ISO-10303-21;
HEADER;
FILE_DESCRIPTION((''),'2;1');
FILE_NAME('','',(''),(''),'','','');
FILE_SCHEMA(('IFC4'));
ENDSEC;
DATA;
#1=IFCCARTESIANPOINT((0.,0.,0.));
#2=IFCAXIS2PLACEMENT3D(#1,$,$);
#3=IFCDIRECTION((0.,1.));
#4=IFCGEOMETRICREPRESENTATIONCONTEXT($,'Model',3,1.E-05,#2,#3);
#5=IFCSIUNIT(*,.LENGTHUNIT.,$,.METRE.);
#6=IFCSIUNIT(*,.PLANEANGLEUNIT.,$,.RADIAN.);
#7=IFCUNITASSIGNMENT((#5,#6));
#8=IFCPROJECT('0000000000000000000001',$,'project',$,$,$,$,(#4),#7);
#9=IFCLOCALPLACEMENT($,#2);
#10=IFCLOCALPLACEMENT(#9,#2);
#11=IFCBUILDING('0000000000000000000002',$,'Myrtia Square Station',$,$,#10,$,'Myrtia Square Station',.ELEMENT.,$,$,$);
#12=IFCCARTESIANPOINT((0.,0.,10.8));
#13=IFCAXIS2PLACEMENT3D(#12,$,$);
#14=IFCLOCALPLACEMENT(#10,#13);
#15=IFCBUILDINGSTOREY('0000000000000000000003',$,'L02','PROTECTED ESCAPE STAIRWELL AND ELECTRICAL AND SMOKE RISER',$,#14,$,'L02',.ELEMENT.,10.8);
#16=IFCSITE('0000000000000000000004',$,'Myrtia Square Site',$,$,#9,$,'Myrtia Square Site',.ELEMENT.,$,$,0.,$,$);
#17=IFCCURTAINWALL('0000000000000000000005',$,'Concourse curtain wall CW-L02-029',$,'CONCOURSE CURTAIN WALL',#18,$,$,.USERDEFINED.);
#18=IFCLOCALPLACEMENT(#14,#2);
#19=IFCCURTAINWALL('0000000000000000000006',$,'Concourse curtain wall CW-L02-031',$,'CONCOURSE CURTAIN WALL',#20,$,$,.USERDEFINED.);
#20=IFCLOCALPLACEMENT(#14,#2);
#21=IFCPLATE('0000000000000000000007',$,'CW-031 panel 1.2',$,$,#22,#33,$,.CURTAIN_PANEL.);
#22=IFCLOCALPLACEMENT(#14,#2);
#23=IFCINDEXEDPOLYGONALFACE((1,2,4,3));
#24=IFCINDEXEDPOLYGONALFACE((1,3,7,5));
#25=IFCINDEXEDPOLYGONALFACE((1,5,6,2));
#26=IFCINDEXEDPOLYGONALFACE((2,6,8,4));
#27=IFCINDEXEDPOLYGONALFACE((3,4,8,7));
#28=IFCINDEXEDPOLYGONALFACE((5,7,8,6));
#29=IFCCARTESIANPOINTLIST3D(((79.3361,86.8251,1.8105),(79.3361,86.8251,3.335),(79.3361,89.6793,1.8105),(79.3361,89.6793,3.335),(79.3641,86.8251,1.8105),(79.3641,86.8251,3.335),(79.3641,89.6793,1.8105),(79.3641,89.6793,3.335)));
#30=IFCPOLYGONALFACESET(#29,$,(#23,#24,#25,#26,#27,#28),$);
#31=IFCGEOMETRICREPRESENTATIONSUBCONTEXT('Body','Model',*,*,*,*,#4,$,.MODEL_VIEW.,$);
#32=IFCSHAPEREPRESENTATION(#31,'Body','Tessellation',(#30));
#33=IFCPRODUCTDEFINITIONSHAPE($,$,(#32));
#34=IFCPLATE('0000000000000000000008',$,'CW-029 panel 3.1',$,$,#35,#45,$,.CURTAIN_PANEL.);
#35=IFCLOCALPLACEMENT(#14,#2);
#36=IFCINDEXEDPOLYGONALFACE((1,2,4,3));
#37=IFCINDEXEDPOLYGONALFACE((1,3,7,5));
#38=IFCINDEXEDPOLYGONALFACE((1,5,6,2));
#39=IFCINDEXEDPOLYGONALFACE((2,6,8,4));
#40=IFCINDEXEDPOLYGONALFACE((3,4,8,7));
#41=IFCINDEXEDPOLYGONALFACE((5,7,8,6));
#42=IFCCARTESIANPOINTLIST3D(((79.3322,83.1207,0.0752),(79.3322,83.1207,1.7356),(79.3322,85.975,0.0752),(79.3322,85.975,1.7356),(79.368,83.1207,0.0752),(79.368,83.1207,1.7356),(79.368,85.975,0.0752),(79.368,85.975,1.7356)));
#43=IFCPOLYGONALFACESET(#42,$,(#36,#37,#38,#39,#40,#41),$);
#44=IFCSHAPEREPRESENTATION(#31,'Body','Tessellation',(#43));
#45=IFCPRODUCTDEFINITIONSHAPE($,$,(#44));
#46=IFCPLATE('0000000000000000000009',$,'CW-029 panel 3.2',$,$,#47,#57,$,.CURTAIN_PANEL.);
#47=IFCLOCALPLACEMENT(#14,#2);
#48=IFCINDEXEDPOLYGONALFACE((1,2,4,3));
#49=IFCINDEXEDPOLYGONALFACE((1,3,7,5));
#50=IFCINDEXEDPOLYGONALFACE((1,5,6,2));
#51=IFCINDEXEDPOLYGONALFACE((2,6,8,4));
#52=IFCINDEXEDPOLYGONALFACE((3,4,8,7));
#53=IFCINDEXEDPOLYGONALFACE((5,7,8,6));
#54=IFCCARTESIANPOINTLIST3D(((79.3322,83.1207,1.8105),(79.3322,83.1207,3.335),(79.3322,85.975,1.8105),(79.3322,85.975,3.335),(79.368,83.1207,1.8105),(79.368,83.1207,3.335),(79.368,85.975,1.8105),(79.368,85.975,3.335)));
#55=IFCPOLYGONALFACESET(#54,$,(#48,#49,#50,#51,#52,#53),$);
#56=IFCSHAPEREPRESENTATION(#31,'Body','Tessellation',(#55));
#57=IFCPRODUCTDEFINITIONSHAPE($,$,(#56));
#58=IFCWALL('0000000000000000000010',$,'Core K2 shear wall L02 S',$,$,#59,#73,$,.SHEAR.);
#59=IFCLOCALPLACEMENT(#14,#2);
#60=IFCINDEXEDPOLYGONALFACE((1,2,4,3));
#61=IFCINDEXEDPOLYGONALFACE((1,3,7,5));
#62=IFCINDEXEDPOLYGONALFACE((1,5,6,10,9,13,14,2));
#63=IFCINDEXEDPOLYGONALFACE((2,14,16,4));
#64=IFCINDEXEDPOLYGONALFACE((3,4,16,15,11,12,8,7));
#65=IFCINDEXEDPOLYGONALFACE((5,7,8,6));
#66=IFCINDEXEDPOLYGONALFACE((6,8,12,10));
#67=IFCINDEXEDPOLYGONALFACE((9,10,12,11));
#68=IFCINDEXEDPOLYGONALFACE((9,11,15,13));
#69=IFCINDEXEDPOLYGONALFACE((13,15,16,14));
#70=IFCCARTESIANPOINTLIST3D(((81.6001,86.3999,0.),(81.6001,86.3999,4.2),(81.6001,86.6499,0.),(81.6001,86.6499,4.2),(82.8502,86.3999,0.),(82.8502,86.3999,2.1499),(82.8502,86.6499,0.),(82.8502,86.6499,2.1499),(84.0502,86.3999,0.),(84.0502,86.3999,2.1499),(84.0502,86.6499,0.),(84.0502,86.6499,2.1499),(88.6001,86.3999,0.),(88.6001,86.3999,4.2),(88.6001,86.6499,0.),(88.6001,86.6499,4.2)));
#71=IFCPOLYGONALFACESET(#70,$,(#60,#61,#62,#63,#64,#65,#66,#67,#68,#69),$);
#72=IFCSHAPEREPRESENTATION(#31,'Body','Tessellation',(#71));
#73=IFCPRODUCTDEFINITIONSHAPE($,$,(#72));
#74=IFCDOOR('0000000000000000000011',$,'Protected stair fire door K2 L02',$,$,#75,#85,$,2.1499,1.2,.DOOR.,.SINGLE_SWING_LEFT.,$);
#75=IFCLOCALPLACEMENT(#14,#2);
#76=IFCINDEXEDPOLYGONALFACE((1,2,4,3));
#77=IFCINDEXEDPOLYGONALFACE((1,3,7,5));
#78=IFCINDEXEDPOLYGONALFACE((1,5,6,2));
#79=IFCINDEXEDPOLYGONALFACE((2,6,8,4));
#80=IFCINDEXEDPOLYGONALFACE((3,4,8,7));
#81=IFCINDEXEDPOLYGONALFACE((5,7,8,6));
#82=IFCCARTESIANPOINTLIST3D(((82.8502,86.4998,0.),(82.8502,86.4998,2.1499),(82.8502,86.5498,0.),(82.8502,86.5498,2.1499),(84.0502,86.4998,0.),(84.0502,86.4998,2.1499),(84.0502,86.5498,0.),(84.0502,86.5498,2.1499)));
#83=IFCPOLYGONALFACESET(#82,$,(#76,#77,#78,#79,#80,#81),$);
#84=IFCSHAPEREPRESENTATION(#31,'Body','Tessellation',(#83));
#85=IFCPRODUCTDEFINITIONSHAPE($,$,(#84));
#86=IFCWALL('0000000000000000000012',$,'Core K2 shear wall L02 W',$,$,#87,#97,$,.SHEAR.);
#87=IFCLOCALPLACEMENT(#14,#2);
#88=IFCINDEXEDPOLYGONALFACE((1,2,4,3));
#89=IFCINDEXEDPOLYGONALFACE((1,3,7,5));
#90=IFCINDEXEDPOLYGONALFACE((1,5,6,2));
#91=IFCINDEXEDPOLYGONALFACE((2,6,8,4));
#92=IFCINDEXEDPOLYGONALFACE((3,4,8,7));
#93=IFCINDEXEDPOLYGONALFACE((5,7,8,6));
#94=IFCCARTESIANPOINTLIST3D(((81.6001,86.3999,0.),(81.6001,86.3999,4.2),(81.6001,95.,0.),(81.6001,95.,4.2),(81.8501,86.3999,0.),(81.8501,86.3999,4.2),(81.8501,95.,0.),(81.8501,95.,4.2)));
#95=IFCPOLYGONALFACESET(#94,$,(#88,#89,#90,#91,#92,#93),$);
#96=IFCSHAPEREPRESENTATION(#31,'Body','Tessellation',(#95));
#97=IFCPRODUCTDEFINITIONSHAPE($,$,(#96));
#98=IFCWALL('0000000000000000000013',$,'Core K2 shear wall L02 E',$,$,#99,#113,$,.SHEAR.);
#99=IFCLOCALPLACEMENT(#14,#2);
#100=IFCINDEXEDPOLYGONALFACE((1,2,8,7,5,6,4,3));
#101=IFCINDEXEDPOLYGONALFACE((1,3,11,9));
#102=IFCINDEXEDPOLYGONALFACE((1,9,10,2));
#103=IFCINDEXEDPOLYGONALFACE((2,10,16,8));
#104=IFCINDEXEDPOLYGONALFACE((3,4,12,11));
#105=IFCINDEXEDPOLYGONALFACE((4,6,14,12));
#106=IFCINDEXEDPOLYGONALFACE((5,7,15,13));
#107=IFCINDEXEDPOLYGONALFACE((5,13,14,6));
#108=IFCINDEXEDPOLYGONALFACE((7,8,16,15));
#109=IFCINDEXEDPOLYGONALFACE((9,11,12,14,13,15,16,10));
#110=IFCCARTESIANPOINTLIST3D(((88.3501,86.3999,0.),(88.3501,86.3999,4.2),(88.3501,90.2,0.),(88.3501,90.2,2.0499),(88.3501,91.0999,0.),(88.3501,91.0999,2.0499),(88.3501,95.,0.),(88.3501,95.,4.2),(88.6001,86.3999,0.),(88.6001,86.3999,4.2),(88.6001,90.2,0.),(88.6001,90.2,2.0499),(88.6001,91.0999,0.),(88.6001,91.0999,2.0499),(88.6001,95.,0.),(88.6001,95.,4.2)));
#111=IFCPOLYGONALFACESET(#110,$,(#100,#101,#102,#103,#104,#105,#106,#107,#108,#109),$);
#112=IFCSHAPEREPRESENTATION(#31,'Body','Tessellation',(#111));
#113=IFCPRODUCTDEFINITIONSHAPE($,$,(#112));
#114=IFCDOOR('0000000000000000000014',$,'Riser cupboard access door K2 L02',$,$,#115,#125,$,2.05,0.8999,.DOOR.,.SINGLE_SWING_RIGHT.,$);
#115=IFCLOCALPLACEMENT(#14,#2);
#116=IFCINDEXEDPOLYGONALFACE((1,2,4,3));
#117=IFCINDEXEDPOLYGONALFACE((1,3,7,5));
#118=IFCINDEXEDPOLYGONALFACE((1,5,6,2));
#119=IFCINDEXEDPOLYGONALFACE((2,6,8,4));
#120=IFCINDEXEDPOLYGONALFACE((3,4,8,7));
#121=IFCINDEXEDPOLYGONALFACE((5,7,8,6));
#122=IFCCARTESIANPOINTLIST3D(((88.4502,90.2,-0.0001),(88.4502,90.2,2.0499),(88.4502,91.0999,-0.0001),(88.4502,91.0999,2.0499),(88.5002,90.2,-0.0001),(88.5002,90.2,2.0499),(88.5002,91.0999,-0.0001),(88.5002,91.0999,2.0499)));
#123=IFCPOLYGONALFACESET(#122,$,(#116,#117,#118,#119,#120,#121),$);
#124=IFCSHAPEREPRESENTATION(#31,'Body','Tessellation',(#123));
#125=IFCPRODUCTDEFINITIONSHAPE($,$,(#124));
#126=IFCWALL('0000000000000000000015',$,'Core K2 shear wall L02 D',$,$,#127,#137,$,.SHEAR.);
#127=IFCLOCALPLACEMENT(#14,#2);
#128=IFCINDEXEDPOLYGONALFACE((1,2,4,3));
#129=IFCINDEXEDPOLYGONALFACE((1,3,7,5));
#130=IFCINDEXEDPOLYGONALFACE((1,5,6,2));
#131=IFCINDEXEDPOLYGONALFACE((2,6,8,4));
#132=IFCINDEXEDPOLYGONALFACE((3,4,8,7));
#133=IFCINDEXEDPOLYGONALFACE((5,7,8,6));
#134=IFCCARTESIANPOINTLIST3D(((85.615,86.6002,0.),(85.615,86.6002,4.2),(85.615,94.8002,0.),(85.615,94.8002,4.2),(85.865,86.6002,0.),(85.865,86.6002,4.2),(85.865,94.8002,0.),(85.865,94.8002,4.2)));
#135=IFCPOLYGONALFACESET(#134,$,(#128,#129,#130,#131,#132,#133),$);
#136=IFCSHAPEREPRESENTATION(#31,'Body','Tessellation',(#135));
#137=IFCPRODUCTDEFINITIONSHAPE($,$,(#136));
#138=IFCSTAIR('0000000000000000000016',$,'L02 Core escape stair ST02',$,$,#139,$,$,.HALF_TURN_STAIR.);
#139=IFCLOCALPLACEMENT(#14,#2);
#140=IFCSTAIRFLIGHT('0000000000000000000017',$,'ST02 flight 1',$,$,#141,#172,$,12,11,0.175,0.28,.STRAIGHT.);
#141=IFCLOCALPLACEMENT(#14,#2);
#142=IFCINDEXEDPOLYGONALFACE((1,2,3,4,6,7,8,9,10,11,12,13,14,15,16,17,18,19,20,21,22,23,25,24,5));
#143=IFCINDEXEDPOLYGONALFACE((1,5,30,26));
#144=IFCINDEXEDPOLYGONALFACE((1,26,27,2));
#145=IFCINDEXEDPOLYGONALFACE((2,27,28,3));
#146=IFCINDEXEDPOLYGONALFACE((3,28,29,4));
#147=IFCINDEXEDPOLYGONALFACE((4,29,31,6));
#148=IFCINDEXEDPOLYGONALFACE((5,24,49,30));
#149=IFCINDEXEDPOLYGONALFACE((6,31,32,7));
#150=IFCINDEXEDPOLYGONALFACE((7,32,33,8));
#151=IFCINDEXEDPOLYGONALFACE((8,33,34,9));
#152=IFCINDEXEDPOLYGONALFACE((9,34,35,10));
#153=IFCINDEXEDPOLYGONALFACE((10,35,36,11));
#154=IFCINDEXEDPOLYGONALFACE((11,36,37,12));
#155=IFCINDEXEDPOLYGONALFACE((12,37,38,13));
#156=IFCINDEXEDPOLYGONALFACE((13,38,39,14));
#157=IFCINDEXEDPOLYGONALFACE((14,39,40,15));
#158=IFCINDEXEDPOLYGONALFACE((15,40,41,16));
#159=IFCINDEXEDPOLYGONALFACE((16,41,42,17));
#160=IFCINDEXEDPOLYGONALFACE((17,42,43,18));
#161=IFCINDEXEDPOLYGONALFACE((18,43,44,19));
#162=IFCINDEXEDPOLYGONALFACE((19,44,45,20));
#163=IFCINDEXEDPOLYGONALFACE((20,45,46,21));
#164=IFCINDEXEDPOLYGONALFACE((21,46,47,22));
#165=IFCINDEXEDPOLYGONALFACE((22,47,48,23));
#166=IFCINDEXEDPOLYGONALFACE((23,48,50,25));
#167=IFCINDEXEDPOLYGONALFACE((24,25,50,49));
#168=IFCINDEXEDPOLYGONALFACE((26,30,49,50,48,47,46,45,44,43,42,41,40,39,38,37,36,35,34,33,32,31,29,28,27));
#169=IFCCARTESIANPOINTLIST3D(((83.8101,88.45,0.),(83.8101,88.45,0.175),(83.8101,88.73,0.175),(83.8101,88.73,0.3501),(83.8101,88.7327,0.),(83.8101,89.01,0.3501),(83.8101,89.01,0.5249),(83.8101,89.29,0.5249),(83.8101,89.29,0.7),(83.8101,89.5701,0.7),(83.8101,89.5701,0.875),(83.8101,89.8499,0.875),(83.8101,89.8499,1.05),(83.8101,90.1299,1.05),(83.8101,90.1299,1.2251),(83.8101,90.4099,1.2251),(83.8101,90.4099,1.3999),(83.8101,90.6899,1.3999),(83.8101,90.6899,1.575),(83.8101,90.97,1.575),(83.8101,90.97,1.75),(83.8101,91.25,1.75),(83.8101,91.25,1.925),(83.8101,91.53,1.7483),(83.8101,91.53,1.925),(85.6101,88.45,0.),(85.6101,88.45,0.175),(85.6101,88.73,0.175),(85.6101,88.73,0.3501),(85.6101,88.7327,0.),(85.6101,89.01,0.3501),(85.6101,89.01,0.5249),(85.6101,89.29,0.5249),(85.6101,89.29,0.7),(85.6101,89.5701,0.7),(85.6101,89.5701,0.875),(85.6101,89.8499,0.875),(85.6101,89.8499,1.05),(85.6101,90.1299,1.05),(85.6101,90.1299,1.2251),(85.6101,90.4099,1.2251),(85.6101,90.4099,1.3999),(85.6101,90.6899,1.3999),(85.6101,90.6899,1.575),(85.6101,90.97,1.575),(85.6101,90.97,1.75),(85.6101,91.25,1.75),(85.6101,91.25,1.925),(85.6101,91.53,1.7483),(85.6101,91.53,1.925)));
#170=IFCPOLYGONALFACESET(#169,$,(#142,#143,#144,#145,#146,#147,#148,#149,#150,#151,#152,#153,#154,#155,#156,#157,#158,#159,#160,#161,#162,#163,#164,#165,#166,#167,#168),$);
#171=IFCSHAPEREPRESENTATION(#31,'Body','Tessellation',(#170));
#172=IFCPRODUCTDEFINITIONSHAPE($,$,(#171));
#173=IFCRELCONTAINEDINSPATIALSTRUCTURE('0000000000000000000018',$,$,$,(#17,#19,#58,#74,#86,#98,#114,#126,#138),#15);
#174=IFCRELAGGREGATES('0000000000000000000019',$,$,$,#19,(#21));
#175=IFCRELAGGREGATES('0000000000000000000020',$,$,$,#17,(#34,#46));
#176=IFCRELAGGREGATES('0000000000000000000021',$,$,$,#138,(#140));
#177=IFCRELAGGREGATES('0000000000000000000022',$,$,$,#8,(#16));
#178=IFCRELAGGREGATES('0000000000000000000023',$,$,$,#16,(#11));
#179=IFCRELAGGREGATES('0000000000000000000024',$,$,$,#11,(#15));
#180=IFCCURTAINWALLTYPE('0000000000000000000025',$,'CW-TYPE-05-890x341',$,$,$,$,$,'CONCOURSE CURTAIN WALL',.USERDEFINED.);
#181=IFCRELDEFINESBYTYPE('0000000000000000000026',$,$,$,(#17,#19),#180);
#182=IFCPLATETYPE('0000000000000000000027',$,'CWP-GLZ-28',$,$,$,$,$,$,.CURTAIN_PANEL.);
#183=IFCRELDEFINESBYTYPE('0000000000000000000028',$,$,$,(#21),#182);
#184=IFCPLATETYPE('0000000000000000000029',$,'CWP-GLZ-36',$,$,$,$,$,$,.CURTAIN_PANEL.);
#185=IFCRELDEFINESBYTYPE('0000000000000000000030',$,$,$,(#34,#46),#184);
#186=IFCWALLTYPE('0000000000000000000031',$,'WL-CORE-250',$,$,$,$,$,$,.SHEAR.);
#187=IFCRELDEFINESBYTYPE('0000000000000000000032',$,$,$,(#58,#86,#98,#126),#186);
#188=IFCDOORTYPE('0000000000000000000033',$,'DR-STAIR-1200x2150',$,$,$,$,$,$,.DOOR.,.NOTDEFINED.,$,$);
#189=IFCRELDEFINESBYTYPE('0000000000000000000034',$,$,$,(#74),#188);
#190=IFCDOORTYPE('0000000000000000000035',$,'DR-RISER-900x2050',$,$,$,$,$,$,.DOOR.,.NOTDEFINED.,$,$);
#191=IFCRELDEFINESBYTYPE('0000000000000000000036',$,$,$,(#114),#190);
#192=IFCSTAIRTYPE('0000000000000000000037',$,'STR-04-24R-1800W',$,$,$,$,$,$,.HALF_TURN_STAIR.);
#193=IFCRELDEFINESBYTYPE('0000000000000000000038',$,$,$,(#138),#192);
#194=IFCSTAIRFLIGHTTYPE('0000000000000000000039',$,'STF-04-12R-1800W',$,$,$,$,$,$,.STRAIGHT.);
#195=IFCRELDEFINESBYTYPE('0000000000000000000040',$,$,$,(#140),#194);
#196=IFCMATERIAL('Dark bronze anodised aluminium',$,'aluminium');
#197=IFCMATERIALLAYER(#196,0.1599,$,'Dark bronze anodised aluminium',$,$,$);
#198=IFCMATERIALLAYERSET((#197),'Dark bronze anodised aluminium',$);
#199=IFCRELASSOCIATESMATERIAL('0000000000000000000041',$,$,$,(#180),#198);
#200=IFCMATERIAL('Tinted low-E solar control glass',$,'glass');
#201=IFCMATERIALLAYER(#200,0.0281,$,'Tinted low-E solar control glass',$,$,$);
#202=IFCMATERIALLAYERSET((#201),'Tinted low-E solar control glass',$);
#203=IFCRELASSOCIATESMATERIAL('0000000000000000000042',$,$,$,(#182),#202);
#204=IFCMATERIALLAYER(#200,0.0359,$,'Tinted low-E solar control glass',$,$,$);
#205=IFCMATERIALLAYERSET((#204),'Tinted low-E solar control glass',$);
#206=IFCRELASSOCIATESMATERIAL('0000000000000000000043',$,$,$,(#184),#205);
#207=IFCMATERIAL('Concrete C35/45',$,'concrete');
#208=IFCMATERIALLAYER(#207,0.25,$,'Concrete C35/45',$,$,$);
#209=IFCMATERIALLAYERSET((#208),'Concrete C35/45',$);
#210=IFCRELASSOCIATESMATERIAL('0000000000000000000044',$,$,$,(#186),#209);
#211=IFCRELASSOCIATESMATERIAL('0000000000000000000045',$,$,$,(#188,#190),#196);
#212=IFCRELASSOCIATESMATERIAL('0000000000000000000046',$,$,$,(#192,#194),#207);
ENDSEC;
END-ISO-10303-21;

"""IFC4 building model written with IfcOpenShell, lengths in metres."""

from ifc_helpers import new_model, si_unit, direction, frame, frame_2d, origin, origin_2d, place, context, subcontext, project, spatial, polyline, rectangle, outline, extrude, material, layer, layer_set, type_object, element, fill, aggregate, save


model = new_model("IFC4")

# Units and contexts
model_context = context("Model", 3, precision=1e-05, world=origin(), true_north=direction((0.0, 1.0)))
body_context = subcontext(model_context, "Body", "Model", "MODEL_VIEW")
ifc_project = project(units=[si_unit("LENGTHUNIT", "METRE"), si_unit("PLANEANGLEUNIT", "RADIAN")], contexts=[model_context])

# Site, building, storey
site_placement = place(None, origin())
site = spatial("IfcSite", under=ifc_project, at=site_placement, Name="Myrtia Square Site", LongName="Myrtia Square Site", CompositionType="ELEMENT", RefElevation=0.0)
building_placement = place(site_placement, origin())
building = spatial("IfcBuilding", under=site, at=building_placement, Name="Myrtia Square Station", LongName="Myrtia Square Station", CompositionType="ELEMENT")
storey_placement = place(building_placement, frame((0.0, 0.0, 10.8)))
storey = spatial("IfcBuildingStorey", under=building, at=storey_placement, Name="L02", Description="PROTECTED ESCAPE STAIRWELL AND ELECTRICAL AND SMOKE RISER", LongName="L02", CompositionType="ELEMENT", Elevation=10.8)

# Curtain wall
ifc_material_1 = material(Name="Dark bronze anodised aluminium", Category="aluminium")
ifc_layer_1 = layer(ifc_material_1, 0.1599, Name="Dark bronze anodised aluminium")
ifc_layer_set_1 = layer_set([ifc_layer_1], Name="Dark bronze anodised aluminium")
curtain_wall_type = type_object("IfcCurtainWallType", Name="CW-TYPE-05-890x341", ElementType="CONCOURSE CURTAIN WALL", PredefinedType="USERDEFINED", material=ifc_layer_set_1)
curtain_wall_1_placement = place(storey_placement, origin())
curtain_wall_1 = element("IfcCurtainWall", 1, at=curtain_wall_1_placement, inside=storey, type_object=curtain_wall_type, Name="Concourse curtain wall CW-L02-029", ObjectType="CONCOURSE CURTAIN WALL", PredefinedType="USERDEFINED")

# Curtain wall
curtain_wall_2_placement = place(storey_placement, origin())
curtain_wall_2 = element("IfcCurtainWall", 2, at=curtain_wall_2_placement, inside=storey, type_object=curtain_wall_type, Name="Concourse curtain wall CW-L02-031", ObjectType="CONCOURSE CURTAIN WALL", PredefinedType="USERDEFINED")

# Plates
ifc_material_2 = material(Name="Tinted low-E solar control glass", Category="glass")
ifc_layer_2 = layer(ifc_material_2, 0.0281, Name="Tinted low-E solar control glass")
ifc_layer_set_2 = layer_set([ifc_layer_2], Name="Tinted low-E solar control glass")
plate_type_1 = type_object("IfcPlateType", Name="CWP-GLZ-28", PredefinedType="CURTAIN_PANEL", material=ifc_layer_set_2)
plate_1_placement = place(storey_placement, frame((79.3501, 88.2522, 1.8105), z_axis=(0.0, 0.0, 1.0), x_axis=(0.0, 1.0, 0.0)))
plate_1 = element("IfcPlate", 3, at=plate_1_placement, type_object=plate_type_1, Name="CW-031 panel 1.2", PredefinedType="CURTAIN_PANEL", context=body_context, shape_type="SweptSolid", body=[
    extrude(rectangle(XDim=2.8542, YDim=0.0281, at=origin_2d()), origin(), (0.0, 0.0, 1.0), 1.5244),
])
aggregate(curtain_wall_2, [plate_1])
ifc_layer_3 = layer(ifc_material_2, 0.0359, Name="Tinted low-E solar control glass")
ifc_layer_set_3 = layer_set([ifc_layer_3], Name="Tinted low-E solar control glass")
plate_type_2 = type_object("IfcPlateType", Name="CWP-GLZ-36", PredefinedType="CURTAIN_PANEL", material=ifc_layer_set_3)
plate_2_placement = place(storey_placement, frame((79.3501, 84.5479, 0.0752), z_axis=(0.0, 0.0, 1.0), x_axis=(0.0, 1.0, 0.0)))
plate_2 = element("IfcPlate", 4, at=plate_2_placement, type_object=plate_type_2, Name="CW-029 panel 3.1", PredefinedType="CURTAIN_PANEL", context=body_context, shape_type="SweptSolid", body=[
    extrude(rectangle(XDim=2.8542, YDim=0.0359, at=origin_2d()), origin(), (0.0, 0.0, 1.0), 1.6604),
])
plate_3_placement = place(storey_placement, frame((79.3501, 84.5479, 1.8105), z_axis=(0.0, 0.0, 1.0), x_axis=(0.0, 1.0, 0.0)))
plate_3 = element("IfcPlate", 5, at=plate_3_placement, type_object=plate_type_2, Name="CW-029 panel 3.2", PredefinedType="CURTAIN_PANEL", context=body_context, shape_type="SweptSolid", body=[
    extrude(rectangle(XDim=2.8542, YDim=0.0359, at=origin_2d()), origin(), (0.0, 0.0, 1.0), 1.5244),
])
aggregate(curtain_wall_1, [plate_2, plate_3])

# Wall, opening, door
ifc_material_3 = material(Name="Concrete C35/45", Category="concrete")
ifc_layer_4 = layer(ifc_material_3, 0.25, Name="Concrete C35/45")
ifc_layer_set_4 = layer_set([ifc_layer_4], Name="Concrete C35/45")
wall_type = type_object("IfcWallType", Name="WL-CORE-250", PredefinedType="SHEAR", material=ifc_layer_set_4)
wall_1_placement = place(storey_placement, frame((81.6001, 86.5249, 0.0), z_axis=(0.0, 0.0, 1.0), x_axis=(1.0, 0.0, 0.0)))
wall_1 = element("IfcWall", 6, at=wall_1_placement, inside=storey, type_object=wall_type, Name="Core K2 shear wall L02 S", PredefinedType="SHEAR", context=body_context, shape_type="SweptSolid", body=[
    extrude(rectangle(XDim=7.0, YDim=0.25, at=frame_2d((3.5, 0.0))), origin(), (0.0, 0.0, 1.0), 4.2),
])
opening_1_placement = place(wall_1_placement, frame((1.25, 0.0, 0.0)))
opening_1 = element("IfcOpeningElement", 7, at=opening_1_placement, cuts=wall_1, PredefinedType="OPENING", context=body_context, shape_type="SweptSolid", body=[
    extrude(rectangle(XDim=1.2, YDim=2.1499, at=frame_2d((0.6001, 1.075))), frame((0.0, 0.1399, 0.0), z_axis=(0.0, -1.0, 0.0), x_axis=(1.0, 0.0, 0.0)), (0.0, 0.0, 1.0), 0.28),
])
door_type_1 = type_object("IfcDoorType", Name="DR-STAIR-1200x2150", OperationType="NOTDEFINED", PredefinedType="DOOR", material=ifc_material_1)
door_1_placement = place(opening_1_placement, origin())
door_1 = element("IfcDoor", 8, at=door_1_placement, inside=storey, type_object=door_type_1, Name="Protected stair fire door K2 L02", OperationType="SINGLE_SWING_LEFT", OverallHeight=2.1499, OverallWidth=1.2, PredefinedType="DOOR", context=body_context, shape_type="SweptSolid", body=[
    extrude(rectangle(XDim=1.2, YDim=2.1499, at=frame_2d((0.6001, 1.075))), frame((0.0, 0.0249, 0.0), z_axis=(0.0, -1.0, 0.0), x_axis=(1.0, 0.0, 0.0)), (0.0, 0.0, 1.0), 0.05),
])
fill(opening_1, door_1)

# Wall
wall_2_placement = place(storey_placement, frame((81.7251, 86.3999, 0.0), z_axis=(0.0, 0.0, 1.0), x_axis=(0.0, 1.0, 0.0)))
element("IfcWall", 9, at=wall_2_placement, inside=storey, type_object=wall_type, Name="Core K2 shear wall L02 W", PredefinedType="SHEAR", context=body_context, shape_type="SweptSolid", body=[
    extrude(rectangle(XDim=8.6001, YDim=0.25, at=frame_2d((4.3, 0.0))), origin(), (0.0, 0.0, 1.0), 4.2),
])

# Wall, opening, door
wall_3_placement = place(storey_placement, frame((88.4751, 86.3999, 0.0), z_axis=(0.0, 0.0, 1.0), x_axis=(0.0, 1.0, 0.0)))
wall_3 = element("IfcWall", 10, at=wall_3_placement, inside=storey, type_object=wall_type, Name="Core K2 shear wall L02 E", PredefinedType="SHEAR", context=body_context, shape_type="SweptSolid", body=[
    extrude(rectangle(XDim=8.6001, YDim=0.25, at=frame_2d((4.3, 0.0))), origin(), (0.0, 0.0, 1.0), 4.2),
])
opening_2_placement = place(wall_3_placement, frame((3.8, 0.0, 0.0)))
opening_2 = element("IfcOpeningElement", 11, at=opening_2_placement, cuts=wall_3, PredefinedType="OPENING", context=body_context, shape_type="SweptSolid", body=[
    extrude(rectangle(XDim=0.8999, YDim=2.05, at=frame_2d((0.45, 1.0249))), frame((0.0, 0.1399, 0.0), z_axis=(0.0, -1.0, 0.0), x_axis=(1.0, 0.0, 0.0)), (0.0, 0.0, 1.0), 0.28),
])
door_type_2 = type_object("IfcDoorType", Name="DR-RISER-900x2050", OperationType="NOTDEFINED", PredefinedType="DOOR", material=ifc_material_1)
door_2_placement = place(opening_2_placement, origin())
door_2 = element("IfcDoor", 12, at=door_2_placement, inside=storey, type_object=door_type_2, Name="Riser cupboard access door K2 L02", OperationType="SINGLE_SWING_RIGHT", OverallHeight=2.05, OverallWidth=0.8999, PredefinedType="DOOR", context=body_context, shape_type="SweptSolid", body=[
    extrude(rectangle(XDim=0.8999, YDim=2.05, at=frame_2d((0.45, 1.0249))), frame((0.0, 0.0249, 0.0), z_axis=(0.0, -1.0, 0.0), x_axis=(1.0, 0.0, 0.0)), (0.0, 0.0, 1.0), 0.05),
])
fill(opening_2, door_2)

# Wall
wall_4_placement = place(storey_placement, frame((85.74, 86.6001, 0.0), z_axis=(0.0, 0.0, 1.0), x_axis=(0.0, 1.0, 0.0)))
element("IfcWall", 13, at=wall_4_placement, inside=storey, type_object=wall_type, Name="Core K2 shear wall L02 D", PredefinedType="SHEAR", context=body_context, shape_type="SweptSolid", body=[
    extrude(rectangle(XDim=8.2, YDim=0.25, at=frame_2d((4.1001, 0.0))), origin(), (0.0, 0.0, 1.0), 4.2),
])

# Stair, stair flight
stair_type = type_object("IfcStairType", Name="STR-04-24R-1800W", PredefinedType="HALF_TURN_STAIR", material=ifc_material_3)
stair_placement = place(storey_placement, origin())
stair = element("IfcStair", 14, at=stair_placement, inside=storey, type_object=stair_type, Name="L02 Core escape stair ST02", PredefinedType="HALF_TURN_STAIR")
stair_flight_type = type_object("IfcStairFlightType", Name="STF-04-12R-1800W", PredefinedType="STRAIGHT", material=ifc_material_3)
stair_flight_placement = place(storey_placement, frame((84.71, 88.45, 0.0), z_axis=(0.0, 0.0, 1.0), x_axis=(0.0, 1.0, 0.0)))
stair_flight = element("IfcStairFlight", 15, at=stair_flight_placement, type_object=stair_flight_type, Name="ST02 flight 1", NumberOfRisers=12, NumberOfTreads=11, PredefinedType="STRAIGHT", RiserHeight=0.175, TreadLength=0.28, context=body_context, shape_type="SweptSolid", body=[
    extrude(outline(polyline([(0.0, 0.0), (0.0, 0.175), (0.28, 0.175), (0.28, 0.3501), (0.5601, 0.3501), (0.5601, 0.5249), (0.8401, 0.5249), (0.8401, 0.7), (1.1201, 0.7), (1.1201, 0.875), (1.3999, 0.875), (1.3999, 1.05), (1.6799, 1.05), (1.6799, 1.2251), (1.96, 1.2251), (1.96, 1.3999), (2.24, 1.3999), (2.24, 1.575), (2.52, 1.575), (2.52, 1.75), (2.8, 1.75), (2.8, 1.925), (3.0801, 1.925), (3.0801, 2.1001), (3.0801, 1.7483), (0.2827, 0.0), (0.0, 0.0)])), frame((0.0, 0.8999, 0.0), z_axis=(0.0, -1.0, 0.0), x_axis=(1.0, 0.0, 0.0)), (0.0, 0.0, 1.0), 1.8),
])
aggregate(stair, [stair_flight])

save(model, "model.ifc")
